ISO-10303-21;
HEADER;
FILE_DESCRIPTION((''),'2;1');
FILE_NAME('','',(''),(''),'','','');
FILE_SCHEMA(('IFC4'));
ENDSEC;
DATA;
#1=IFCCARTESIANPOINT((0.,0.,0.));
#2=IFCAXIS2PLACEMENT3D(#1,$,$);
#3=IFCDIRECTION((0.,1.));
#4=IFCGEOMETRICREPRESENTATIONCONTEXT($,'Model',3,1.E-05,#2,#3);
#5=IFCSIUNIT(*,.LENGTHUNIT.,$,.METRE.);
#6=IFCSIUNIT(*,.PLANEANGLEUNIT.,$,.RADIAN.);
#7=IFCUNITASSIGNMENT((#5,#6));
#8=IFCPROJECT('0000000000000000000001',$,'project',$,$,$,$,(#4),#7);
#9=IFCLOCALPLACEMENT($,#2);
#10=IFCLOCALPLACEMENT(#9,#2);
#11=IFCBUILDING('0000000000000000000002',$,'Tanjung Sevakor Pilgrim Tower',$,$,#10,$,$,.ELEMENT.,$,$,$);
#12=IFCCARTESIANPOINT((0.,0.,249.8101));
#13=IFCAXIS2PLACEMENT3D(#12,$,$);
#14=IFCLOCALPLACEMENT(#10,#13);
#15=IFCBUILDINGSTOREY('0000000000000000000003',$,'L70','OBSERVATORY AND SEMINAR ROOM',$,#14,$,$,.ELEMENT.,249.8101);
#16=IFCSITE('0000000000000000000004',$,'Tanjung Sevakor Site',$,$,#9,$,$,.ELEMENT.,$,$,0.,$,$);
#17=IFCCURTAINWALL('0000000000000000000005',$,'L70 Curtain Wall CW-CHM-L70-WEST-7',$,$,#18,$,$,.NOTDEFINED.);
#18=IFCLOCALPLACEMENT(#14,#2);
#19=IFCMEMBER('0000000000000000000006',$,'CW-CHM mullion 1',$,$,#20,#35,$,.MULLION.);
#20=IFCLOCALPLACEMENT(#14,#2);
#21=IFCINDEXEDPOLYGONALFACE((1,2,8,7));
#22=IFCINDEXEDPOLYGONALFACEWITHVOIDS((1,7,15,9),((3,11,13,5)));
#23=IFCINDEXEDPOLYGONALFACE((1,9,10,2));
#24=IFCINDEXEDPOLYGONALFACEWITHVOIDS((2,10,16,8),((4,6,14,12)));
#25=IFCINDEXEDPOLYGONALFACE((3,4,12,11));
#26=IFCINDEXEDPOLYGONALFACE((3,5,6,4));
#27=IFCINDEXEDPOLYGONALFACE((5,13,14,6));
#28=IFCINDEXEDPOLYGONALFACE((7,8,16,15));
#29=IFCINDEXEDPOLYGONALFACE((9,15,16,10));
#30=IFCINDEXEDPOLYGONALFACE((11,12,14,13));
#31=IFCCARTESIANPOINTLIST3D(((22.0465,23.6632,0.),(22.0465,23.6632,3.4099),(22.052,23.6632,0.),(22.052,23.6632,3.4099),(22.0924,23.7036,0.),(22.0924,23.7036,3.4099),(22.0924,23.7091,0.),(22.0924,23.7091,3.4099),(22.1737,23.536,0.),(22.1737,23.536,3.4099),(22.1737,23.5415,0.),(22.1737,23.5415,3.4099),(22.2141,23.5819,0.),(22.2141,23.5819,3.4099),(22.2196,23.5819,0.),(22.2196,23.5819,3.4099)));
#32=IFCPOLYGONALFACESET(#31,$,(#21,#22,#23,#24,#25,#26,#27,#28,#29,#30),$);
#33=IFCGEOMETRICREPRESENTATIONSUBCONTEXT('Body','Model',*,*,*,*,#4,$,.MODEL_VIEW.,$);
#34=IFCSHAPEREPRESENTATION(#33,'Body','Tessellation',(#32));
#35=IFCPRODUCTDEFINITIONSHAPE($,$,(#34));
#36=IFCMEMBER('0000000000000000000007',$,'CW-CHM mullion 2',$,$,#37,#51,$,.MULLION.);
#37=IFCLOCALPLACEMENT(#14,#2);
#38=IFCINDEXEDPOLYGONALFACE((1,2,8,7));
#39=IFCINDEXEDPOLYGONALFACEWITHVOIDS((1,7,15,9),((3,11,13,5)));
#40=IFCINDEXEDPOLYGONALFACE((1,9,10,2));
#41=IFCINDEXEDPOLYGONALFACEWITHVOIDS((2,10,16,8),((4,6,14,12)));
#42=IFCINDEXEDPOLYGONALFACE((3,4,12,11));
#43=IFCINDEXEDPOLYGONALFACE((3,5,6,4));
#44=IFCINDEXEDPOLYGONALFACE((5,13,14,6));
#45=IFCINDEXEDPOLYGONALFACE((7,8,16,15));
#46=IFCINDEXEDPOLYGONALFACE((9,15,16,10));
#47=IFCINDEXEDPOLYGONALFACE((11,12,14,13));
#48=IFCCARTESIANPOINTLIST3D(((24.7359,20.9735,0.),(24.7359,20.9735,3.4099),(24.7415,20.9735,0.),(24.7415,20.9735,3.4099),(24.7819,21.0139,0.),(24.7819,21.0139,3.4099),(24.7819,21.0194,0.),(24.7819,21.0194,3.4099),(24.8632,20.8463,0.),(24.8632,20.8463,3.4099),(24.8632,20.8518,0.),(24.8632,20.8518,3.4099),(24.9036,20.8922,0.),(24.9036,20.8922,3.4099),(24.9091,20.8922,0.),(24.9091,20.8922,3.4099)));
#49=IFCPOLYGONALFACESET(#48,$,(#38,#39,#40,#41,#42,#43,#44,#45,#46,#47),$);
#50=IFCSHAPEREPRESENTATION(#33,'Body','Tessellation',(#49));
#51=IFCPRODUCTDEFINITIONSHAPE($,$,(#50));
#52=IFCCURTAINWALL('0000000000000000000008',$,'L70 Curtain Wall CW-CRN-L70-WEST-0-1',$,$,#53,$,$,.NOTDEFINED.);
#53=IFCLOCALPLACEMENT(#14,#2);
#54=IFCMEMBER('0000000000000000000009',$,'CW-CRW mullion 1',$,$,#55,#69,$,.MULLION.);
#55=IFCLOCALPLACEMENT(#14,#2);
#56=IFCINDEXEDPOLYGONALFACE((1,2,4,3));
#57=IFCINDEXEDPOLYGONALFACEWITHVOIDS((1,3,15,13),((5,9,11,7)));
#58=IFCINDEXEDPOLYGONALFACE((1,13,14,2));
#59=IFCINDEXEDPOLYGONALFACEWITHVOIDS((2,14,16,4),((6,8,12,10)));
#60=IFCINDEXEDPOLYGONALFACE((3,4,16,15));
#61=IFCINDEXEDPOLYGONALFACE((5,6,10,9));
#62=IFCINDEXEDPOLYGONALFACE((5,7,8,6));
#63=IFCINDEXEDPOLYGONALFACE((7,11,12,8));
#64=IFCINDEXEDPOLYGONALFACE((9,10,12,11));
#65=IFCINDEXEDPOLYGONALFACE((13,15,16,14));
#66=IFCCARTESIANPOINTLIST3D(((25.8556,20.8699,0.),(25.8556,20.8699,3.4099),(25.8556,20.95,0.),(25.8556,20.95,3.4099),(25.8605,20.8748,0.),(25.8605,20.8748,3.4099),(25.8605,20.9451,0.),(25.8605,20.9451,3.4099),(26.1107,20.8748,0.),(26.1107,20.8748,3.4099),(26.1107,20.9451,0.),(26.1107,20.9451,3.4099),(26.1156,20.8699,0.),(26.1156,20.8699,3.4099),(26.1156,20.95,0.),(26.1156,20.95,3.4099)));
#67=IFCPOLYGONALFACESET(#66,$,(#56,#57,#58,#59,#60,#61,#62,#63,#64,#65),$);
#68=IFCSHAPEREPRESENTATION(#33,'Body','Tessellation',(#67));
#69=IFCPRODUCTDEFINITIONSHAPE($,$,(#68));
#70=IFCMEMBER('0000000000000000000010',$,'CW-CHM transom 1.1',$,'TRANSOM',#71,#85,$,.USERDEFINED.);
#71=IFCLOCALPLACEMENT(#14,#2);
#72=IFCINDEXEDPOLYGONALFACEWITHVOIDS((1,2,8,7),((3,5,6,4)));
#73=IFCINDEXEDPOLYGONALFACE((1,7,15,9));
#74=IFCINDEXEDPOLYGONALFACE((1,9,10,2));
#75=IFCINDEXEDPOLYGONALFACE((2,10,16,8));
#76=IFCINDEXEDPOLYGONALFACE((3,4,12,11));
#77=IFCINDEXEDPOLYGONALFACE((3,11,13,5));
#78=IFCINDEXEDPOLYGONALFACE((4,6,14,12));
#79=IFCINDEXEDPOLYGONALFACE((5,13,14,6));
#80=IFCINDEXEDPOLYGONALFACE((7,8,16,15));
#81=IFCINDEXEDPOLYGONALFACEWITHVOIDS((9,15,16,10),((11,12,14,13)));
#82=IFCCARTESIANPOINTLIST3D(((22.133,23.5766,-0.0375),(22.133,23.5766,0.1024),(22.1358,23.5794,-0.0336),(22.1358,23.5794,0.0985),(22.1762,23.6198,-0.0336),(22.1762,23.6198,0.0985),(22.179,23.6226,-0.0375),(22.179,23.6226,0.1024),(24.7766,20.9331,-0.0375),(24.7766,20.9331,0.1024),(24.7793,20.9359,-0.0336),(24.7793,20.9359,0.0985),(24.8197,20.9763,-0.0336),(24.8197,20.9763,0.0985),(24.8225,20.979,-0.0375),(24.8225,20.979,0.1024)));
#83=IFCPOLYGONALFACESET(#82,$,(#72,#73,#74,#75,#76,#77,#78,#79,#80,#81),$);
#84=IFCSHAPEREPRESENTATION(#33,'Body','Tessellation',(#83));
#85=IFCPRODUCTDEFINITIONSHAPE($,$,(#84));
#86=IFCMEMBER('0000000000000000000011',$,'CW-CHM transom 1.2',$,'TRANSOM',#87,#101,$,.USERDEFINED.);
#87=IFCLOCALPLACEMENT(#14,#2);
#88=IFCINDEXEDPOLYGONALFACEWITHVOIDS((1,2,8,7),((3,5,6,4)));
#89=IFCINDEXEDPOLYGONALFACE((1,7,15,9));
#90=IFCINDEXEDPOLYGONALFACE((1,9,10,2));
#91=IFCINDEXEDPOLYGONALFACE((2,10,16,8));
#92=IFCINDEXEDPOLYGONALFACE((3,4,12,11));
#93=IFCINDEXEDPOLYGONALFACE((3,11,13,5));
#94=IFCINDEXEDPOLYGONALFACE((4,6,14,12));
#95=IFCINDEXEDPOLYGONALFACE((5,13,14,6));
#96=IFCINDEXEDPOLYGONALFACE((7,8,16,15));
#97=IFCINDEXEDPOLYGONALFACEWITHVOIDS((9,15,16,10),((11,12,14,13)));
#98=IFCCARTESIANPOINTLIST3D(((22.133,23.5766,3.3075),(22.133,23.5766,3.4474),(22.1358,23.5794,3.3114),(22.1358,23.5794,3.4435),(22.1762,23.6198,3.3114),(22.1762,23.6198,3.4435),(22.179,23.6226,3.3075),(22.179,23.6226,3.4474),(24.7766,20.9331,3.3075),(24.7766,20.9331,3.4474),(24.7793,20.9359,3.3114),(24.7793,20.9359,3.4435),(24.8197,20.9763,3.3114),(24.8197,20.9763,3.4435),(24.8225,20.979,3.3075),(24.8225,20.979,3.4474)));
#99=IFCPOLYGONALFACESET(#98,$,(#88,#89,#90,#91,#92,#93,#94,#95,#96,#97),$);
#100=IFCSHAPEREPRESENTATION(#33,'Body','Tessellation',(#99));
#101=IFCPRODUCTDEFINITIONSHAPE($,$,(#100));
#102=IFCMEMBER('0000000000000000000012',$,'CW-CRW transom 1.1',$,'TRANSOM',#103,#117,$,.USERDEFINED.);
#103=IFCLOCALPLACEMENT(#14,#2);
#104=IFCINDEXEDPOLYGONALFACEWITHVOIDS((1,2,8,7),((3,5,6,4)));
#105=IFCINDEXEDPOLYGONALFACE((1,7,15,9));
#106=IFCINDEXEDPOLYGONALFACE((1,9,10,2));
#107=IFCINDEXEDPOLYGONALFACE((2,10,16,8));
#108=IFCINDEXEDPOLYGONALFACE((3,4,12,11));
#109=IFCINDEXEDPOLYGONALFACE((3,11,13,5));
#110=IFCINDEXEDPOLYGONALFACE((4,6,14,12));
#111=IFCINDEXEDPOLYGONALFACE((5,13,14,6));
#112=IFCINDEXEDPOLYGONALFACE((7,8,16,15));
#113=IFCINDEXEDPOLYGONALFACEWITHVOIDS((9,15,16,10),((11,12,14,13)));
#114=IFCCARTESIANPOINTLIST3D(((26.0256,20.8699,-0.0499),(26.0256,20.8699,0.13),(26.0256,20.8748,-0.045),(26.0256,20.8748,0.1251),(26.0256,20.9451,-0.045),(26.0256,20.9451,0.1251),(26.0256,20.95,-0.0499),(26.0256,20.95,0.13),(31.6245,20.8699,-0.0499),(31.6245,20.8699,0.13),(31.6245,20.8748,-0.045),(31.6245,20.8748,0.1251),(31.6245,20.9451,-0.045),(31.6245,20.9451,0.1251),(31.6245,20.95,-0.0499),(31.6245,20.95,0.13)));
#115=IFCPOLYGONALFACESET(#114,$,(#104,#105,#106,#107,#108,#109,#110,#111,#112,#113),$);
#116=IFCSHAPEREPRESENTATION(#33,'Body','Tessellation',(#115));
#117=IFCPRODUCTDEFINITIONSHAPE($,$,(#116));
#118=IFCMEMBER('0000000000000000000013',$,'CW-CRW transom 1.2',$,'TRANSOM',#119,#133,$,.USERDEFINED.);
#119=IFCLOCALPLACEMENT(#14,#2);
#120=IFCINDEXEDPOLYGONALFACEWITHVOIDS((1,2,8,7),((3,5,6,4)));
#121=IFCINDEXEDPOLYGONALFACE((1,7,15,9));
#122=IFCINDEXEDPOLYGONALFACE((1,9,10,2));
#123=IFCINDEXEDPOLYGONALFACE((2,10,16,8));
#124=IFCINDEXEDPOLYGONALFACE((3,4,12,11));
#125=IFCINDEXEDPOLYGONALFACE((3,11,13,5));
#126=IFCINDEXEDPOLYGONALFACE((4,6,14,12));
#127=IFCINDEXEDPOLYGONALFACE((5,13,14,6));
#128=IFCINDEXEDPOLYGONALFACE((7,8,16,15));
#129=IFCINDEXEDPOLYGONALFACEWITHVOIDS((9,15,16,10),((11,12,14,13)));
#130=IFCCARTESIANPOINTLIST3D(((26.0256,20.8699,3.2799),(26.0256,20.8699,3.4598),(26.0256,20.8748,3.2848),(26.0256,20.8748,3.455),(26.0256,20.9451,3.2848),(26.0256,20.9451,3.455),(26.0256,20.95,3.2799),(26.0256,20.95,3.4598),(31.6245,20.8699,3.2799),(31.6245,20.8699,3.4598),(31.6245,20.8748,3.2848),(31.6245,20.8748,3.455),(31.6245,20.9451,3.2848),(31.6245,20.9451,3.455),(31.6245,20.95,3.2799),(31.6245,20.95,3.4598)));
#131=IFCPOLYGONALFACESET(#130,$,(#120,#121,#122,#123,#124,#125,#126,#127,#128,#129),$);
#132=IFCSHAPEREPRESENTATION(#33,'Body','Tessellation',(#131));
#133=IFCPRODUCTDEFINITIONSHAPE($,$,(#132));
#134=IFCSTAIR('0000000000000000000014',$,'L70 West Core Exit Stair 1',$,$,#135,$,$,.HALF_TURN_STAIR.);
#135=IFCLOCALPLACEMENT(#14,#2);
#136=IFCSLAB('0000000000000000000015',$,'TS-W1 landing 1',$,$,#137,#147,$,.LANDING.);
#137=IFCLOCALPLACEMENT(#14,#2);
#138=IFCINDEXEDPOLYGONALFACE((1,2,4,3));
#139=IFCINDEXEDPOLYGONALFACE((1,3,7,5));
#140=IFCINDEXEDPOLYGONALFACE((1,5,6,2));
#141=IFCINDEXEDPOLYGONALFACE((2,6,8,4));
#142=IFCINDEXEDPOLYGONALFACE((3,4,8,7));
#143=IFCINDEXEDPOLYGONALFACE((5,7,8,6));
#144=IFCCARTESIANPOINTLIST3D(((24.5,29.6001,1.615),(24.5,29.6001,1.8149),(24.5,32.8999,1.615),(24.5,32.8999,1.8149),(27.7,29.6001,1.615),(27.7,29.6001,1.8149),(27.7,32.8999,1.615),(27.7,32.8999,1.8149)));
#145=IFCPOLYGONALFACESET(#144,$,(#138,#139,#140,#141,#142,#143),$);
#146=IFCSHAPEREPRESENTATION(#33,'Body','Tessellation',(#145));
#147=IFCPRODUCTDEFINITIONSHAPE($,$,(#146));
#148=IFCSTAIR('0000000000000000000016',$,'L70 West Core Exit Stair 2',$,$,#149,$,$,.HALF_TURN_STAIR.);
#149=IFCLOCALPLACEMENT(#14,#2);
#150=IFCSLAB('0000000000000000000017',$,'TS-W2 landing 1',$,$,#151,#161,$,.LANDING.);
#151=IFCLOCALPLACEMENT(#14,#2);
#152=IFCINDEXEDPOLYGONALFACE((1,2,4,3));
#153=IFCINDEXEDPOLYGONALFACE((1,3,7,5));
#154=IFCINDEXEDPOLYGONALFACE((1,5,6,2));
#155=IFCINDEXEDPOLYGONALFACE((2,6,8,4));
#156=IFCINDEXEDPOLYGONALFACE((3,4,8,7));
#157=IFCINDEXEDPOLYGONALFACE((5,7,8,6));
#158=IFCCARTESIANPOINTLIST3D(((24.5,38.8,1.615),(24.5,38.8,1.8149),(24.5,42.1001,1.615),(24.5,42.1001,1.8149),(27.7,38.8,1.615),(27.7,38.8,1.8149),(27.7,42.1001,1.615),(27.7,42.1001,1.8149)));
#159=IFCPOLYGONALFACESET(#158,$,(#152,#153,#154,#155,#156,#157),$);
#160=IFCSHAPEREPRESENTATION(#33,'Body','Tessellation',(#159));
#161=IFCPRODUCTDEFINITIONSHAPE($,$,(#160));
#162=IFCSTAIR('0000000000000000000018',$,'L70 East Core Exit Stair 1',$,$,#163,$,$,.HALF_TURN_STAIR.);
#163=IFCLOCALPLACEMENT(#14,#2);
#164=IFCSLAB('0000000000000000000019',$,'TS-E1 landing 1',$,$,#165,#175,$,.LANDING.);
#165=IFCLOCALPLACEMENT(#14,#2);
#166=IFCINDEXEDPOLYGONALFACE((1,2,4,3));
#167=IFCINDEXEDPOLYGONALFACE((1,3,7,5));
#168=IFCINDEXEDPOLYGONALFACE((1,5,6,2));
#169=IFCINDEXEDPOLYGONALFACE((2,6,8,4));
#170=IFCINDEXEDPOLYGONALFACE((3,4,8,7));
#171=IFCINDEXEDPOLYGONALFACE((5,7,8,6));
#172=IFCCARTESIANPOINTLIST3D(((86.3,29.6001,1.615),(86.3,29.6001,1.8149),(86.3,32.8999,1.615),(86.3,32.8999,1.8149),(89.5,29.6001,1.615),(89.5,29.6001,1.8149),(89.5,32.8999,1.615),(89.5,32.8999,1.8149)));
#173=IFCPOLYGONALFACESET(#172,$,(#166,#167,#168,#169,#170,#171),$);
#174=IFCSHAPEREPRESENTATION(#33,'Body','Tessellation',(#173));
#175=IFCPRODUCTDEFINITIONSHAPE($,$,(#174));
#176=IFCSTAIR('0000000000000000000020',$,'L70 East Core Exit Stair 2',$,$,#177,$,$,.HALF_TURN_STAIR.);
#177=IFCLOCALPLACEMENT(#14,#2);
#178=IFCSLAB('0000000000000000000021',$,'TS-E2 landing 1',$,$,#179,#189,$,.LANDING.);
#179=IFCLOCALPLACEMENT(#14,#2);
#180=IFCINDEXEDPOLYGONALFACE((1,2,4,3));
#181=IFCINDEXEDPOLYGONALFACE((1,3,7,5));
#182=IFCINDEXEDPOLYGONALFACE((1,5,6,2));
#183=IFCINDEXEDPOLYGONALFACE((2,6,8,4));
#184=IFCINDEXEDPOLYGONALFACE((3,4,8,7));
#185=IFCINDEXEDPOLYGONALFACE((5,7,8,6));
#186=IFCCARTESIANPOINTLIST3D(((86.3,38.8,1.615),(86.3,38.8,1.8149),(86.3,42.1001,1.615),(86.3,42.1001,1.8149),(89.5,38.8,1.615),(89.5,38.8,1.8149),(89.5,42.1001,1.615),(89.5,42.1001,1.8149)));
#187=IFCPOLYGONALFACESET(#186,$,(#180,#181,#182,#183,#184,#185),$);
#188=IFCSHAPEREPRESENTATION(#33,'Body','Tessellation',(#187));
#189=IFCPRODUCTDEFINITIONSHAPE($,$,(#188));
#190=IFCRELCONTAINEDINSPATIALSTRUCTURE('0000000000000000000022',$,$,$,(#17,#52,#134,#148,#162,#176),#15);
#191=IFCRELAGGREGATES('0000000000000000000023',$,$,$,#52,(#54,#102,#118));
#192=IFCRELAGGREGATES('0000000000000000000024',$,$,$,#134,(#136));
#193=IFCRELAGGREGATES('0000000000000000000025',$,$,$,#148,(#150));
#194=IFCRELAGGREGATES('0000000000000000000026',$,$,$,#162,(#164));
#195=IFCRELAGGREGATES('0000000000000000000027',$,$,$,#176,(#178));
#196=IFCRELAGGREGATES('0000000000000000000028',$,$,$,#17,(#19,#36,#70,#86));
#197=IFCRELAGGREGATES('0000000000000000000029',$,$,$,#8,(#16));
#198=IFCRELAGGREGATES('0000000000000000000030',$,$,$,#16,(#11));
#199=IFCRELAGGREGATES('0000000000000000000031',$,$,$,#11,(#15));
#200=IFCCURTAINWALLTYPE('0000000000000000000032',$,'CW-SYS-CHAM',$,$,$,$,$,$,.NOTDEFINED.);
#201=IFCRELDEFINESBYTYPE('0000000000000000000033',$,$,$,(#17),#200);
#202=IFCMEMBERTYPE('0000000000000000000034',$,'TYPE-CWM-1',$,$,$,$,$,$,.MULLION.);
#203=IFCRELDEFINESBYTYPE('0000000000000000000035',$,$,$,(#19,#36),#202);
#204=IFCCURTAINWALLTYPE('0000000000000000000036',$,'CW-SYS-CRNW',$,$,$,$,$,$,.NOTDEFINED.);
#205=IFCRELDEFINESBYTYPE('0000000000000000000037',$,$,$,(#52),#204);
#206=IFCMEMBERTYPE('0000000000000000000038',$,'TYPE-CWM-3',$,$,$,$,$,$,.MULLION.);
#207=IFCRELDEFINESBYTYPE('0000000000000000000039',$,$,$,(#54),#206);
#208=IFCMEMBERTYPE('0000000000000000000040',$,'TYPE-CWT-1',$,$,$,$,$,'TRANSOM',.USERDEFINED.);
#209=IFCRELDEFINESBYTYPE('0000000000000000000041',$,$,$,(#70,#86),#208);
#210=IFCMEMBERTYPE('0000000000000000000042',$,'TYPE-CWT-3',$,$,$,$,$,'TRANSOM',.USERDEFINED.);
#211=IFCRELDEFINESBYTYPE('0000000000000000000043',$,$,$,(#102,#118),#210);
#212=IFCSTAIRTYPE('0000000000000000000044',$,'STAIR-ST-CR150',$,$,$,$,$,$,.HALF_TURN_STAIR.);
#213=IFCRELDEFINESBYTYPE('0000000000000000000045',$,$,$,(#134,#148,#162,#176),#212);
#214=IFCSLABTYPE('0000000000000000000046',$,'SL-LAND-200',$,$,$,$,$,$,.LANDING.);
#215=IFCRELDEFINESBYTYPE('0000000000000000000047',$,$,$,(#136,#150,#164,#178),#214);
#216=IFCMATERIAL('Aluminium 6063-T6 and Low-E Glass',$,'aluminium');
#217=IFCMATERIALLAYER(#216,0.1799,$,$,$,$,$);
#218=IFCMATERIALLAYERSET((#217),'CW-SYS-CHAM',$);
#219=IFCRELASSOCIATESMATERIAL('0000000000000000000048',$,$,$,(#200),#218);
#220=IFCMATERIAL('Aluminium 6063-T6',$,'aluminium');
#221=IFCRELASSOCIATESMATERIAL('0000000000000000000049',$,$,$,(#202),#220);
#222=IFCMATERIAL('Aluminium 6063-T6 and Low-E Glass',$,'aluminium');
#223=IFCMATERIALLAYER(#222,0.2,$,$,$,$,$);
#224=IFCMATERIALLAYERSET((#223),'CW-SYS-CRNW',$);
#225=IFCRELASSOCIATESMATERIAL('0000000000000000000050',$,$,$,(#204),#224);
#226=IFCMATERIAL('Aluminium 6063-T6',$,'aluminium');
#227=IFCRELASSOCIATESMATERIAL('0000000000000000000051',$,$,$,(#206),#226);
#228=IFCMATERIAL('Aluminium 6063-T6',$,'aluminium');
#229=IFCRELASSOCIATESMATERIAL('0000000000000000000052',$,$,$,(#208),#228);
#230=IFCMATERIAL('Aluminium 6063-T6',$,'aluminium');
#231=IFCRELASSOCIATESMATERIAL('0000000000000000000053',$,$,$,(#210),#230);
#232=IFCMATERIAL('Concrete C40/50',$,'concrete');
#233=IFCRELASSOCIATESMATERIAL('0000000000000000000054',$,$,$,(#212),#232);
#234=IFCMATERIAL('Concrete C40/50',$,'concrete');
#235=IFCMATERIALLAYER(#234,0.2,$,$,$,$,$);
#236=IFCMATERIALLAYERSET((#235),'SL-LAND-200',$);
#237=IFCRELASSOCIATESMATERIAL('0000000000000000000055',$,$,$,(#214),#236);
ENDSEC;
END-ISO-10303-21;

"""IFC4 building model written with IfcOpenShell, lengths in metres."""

from ifc_helpers import new_model, si_unit, direction, frame, origin, origin_2d, place, context, subcontext, project, spatial, polyline, hollow_rectangle, outline, extrude, material, layer, layer_set, material_profile, profile_set, type_object, element, aggregate, save


model = new_model("IFC4")

# Units and contexts
model_context = context("Model", 3, precision=1e-05, world=origin(), true_north=direction((0.0, 1.0)))
body_context = subcontext(model_context, "Body", "Model", "MODEL_VIEW")
ifc_project = project(units=[si_unit("LENGTHUNIT", "METRE"), si_unit("PLANEANGLEUNIT", "RADIAN")], contexts=[model_context])

# Site, building, storey
site_placement = place(None, origin())
site = spatial("IfcSite", under=ifc_project, at=site_placement, Name="Tanjung Sevakor Site", CompositionType="ELEMENT", RefElevation=0.0)
building_placement = place(site_placement, origin())
building = spatial("IfcBuilding", under=site, at=building_placement, Name="Tanjung Sevakor Pilgrim Tower", CompositionType="ELEMENT")
storey_placement = place(building_placement, frame((0.0, 0.0, 249.8101)))
storey = spatial("IfcBuildingStorey", under=building, at=storey_placement, Name="L70", Description="OBSERVATORY AND SEMINAR ROOM", CompositionType="ELEMENT", Elevation=249.8101)

# Curtain wall, members
ifc_material_1 = material(Name="Aluminium 6063-T6 and Low-E Glass", Category="aluminium")
ifc_layer_1 = layer(ifc_material_1, 0.1799)
ifc_layer_set_1 = layer_set([ifc_layer_1], Name="CW-SYS-CHAM")
curtain_wall_type_1 = type_object("IfcCurtainWallType", Name="CW-SYS-CHAM", PredefinedType="NOTDEFINED", material=ifc_layer_set_1)
curtain_wall_1_placement = place(storey_placement, origin())
curtain_wall_1 = element("IfcCurtainWall", 1, at=curtain_wall_1_placement, inside=storey, type_object=curtain_wall_type_1, Name="L70 Curtain Wall CW-CHM-L70-WEST-7", PredefinedType="NOTDEFINED")
ifc_material_2 = material(Name="Aluminium 6063-T6", Category="aluminium")
ifc_material_profile_1 = material_profile(ifc_material_2, hollow_rectangle(XDim=0.0649, YDim=0.1799, WallThickness=0.0039, at=origin_2d()))
ifc_profile_set_1 = profile_set([ifc_material_profile_1], Name="Aluminium 6063-T6")
member_type_1 = type_object("IfcMemberType", Name="TYPE-CWM-1", PredefinedType="MULLION", material=ifc_profile_set_1)
member_1_placement = place(storey_placement, frame((22.1331, 23.6226, 0.0), z_axis=(0.0, 0.0, 1.0), x_axis=(0.707107, 0.707107, 0.0)))
member_1 = element("IfcMember", 2, at=member_1_placement, type_object=member_type_1, Name="CW-CHM mullion 1", PredefinedType="MULLION", context=body_context, shape_type="SweptSolid", body=[
    extrude(hollow_rectangle(XDim=0.0649, YDim=0.1799, WallThickness=0.0039, at=origin_2d()), origin(), (0.0, 0.0, 1.0), 3.4099),
])
member_2_placement = place(storey_placement, frame((24.8225, 20.9329, 0.0), z_axis=(0.0, 0.0, 1.0), x_axis=(0.707107, 0.707107, 0.0)))
member_2 = element("IfcMember", 3, at=member_2_placement, type_object=member_type_1, Name="CW-CHM mullion 2", PredefinedType="MULLION", context=body_context, shape_type="SweptSolid", body=[
    extrude(hollow_rectangle(XDim=0.0649, YDim=0.1799, WallThickness=0.0039, at=origin_2d()), origin(), (0.0, 0.0, 1.0), 3.4099),
])

# Curtain wall, member
ifc_material_3 = material(Name="Aluminium 6063-T6 and Low-E Glass", Category="aluminium")
ifc_layer_2 = layer(ifc_material_3, 0.2)
ifc_layer_set_2 = layer_set([ifc_layer_2], Name="CW-SYS-CRNW")
curtain_wall_type_2 = type_object("IfcCurtainWallType", Name="CW-SYS-CRNW", PredefinedType="NOTDEFINED", material=ifc_layer_set_2)
curtain_wall_2_placement = place(storey_placement, origin())
curtain_wall_2 = element("IfcCurtainWall", 4, at=curtain_wall_2_placement, inside=storey, type_object=curtain_wall_type_2, Name="L70 Curtain Wall CW-CRN-L70-WEST-0-1", PredefinedType="NOTDEFINED")
ifc_material_4 = material(Name="Aluminium 6063-T6", Category="aluminium")
ifc_material_profile_2 = material_profile(ifc_material_4, hollow_rectangle(XDim=0.0801, YDim=0.26, WallThickness=0.0049, at=origin_2d()))
ifc_profile_set_2 = profile_set([ifc_material_profile_2], Name="Aluminium 6063-T6")
member_type_2 = type_object("IfcMemberType", Name="TYPE-CWM-3", PredefinedType="MULLION", material=ifc_profile_set_2)
member_3_placement = place(storey_placement, frame((25.9856, 20.9099, 0.0), z_axis=(0.0, 0.0, 1.0), x_axis=(0.0, 1.0, 0.0)))
member_3 = element("IfcMember", 5, at=member_3_placement, type_object=member_type_2, Name="CW-CRW mullion 1", PredefinedType="MULLION", context=body_context, shape_type="SweptSolid", body=[
    extrude(hollow_rectangle(XDim=0.0801, YDim=0.26, WallThickness=0.0049, at=origin_2d()), origin(), (0.0, 0.0, 1.0), 3.4099),
])

# Members
ifc_material_5 = material(Name="Aluminium 6063-T6", Category="aluminium")
ifc_material_profile_3 = material_profile(ifc_material_5, hollow_rectangle(XDim=0.0649, YDim=0.1399, WallThickness=0.0039, at=origin_2d()))
ifc_profile_set_3 = profile_set([ifc_material_profile_3], Name="Aluminium 6063-T6")
member_type_3 = type_object("IfcMemberType", Name="TYPE-CWT-1", ElementType="TRANSOM", PredefinedType="USERDEFINED", material=ifc_profile_set_3)
member_4_placement = place(storey_placement, frame((22.156, 23.5996, 0.0325), z_axis=(0.707107, -0.707107, 0.0), x_axis=(0.707107, 0.707107, 0.0)))
member_4 = element("IfcMember", 6, at=member_4_placement, type_object=member_type_3, Name="CW-CHM transom 1.1", ObjectType="TRANSOM", PredefinedType="USERDEFINED", context=body_context, shape_type="SweptSolid", body=[
    extrude(hollow_rectangle(XDim=0.0649, YDim=0.1399, WallThickness=0.0039, at=origin_2d()), origin(), (0.0, 0.0, 1.0), 3.7385),
])
member_5_placement = place(storey_placement, frame((22.156, 23.5996, 3.3774), z_axis=(0.707107, -0.707107, 0.0), x_axis=(0.707107, 0.707107, 0.0)))
member_5 = element("IfcMember", 7, at=member_5_placement, type_object=member_type_3, Name="CW-CHM transom 1.2", ObjectType="TRANSOM", PredefinedType="USERDEFINED", context=body_context, shape_type="SweptSolid", body=[
    extrude(hollow_rectangle(XDim=0.0649, YDim=0.1399, WallThickness=0.0039, at=origin_2d()), origin(), (0.0, 0.0, 1.0), 3.7385),
])
ifc_material_6 = material(Name="Aluminium 6063-T6", Category="aluminium")
ifc_material_profile_4 = material_profile(ifc_material_6, hollow_rectangle(XDim=0.0801, YDim=0.1799, WallThickness=0.0049, at=origin_2d()))
ifc_profile_set_4 = profile_set([ifc_material_profile_4], Name="Aluminium 6063-T6")
member_type_4 = type_object("IfcMemberType", Name="TYPE-CWT-3", ElementType="TRANSOM", PredefinedType="USERDEFINED", material=ifc_profile_set_4)
member_6_placement = place(storey_placement, frame((26.0256, 20.9099, 0.04), z_axis=(1.0, 0.0, 0.0), x_axis=(0.0, 1.0, 0.0)))
member_6 = element("IfcMember", 8, at=member_6_placement, type_object=member_type_4, Name="CW-CRW transom 1.1", ObjectType="TRANSOM", PredefinedType="USERDEFINED", context=body_context, shape_type="SweptSolid", body=[
    extrude(hollow_rectangle(XDim=0.0801, YDim=0.1799, WallThickness=0.0049, at=origin_2d()), origin(), (0.0, 0.0, 1.0), 5.5989),
])
member_7_placement = place(storey_placement, frame((26.0256, 20.9099, 3.3699), z_axis=(1.0, 0.0, 0.0), x_axis=(0.0, 1.0, 0.0)))
member_7 = element("IfcMember", 9, at=member_7_placement, type_object=member_type_4, Name="CW-CRW transom 1.2", ObjectType="TRANSOM", PredefinedType="USERDEFINED", context=body_context, shape_type="SweptSolid", body=[
    extrude(hollow_rectangle(XDim=0.0801, YDim=0.1799, WallThickness=0.0049, at=origin_2d()), origin(), (0.0, 0.0, 1.0), 5.5989),
])
aggregate(curtain_wall_2, [member_3, member_6, member_7])

# Stairs, slabs
ifc_material_7 = material(Name="Concrete C40/50", Category="concrete")
stair_type = type_object("IfcStairType", Name="STAIR-ST-CR150", PredefinedType="HALF_TURN_STAIR", material=ifc_material_7)
stair_1_placement = place(storey_placement, origin())
stair_1 = element("IfcStair", 10, at=stair_1_placement, inside=storey, type_object=stair_type, Name="L70 West Core Exit Stair 1", PredefinedType="HALF_TURN_STAIR")
ifc_material_8 = material(Name="Concrete C40/50", Category="concrete")
ifc_layer_3 = layer(ifc_material_8, 0.2)
ifc_layer_set_3 = layer_set([ifc_layer_3], Name="SL-LAND-200")
slab_type_1 = type_object("IfcSlabType", Name="SL-LAND-200", PredefinedType="LANDING", material=ifc_layer_set_3)
slab_1_placement = place(storey_placement, frame((0.0, 0.0, 1.615)))
slab_1 = element("IfcSlab", 11, at=slab_1_placement, type_object=slab_type_1, Name="TS-W1 landing 1", PredefinedType="LANDING", context=body_context, shape_type="SweptSolid", body=[
    extrude(outline(polyline([(27.7, 29.6001), (27.7, 32.8999), (24.5, 32.8999), (24.5, 29.6001), (27.7, 29.6001)])), origin(), (0.0, 0.0, 1.0), 0.2),
])
aggregate(stair_1, [slab_1])
stair_2_placement = place(storey_placement, origin())
stair_2 = element("IfcStair", 12, at=stair_2_placement, inside=storey, type_object=stair_type, Name="L70 West Core Exit Stair 2", PredefinedType="HALF_TURN_STAIR")
slab_2_placement = place(storey_placement, frame((0.0, 0.0, 1.615)))
slab_2 = element("IfcSlab", 13, at=slab_2_placement, type_object=slab_type_1, Name="TS-W2 landing 1", PredefinedType="LANDING", context=body_context, shape_type="SweptSolid", body=[
    extrude(outline(polyline([(27.7, 38.8), (27.7, 42.1001), (24.5, 42.1001), (24.5, 38.8), (27.7, 38.8)])), origin(), (0.0, 0.0, 1.0), 0.2),
])
aggregate(stair_2, [slab_2])
stair_3_placement = place(storey_placement, origin())
stair_3 = element("IfcStair", 14, at=stair_3_placement, inside=storey, type_object=stair_type, Name="L70 East Core Exit Stair 1", PredefinedType="HALF_TURN_STAIR")
slab_3_placement = place(storey_placement, frame((0.0, 0.0, 1.615)))
slab_3 = element("IfcSlab", 15, at=slab_3_placement, type_object=slab_type_1, Name="TS-E1 landing 1", PredefinedType="LANDING", context=body_context, shape_type="SweptSolid", body=[
    extrude(outline(polyline([(89.5, 29.6001), (89.5, 32.8999), (86.3, 32.8999), (86.3, 29.6001), (89.5, 29.6001)])), origin(), (0.0, 0.0, 1.0), 0.2),
])
aggregate(stair_3, [slab_3])
stair_4_placement = place(storey_placement, origin())
stair_4 = element("IfcStair", 16, at=stair_4_placement, inside=storey, type_object=stair_type, Name="L70 East Core Exit Stair 2", PredefinedType="HALF_TURN_STAIR")
slab_4_placement = place(storey_placement, frame((0.0, 0.0, 1.615)))
slab_4 = element("IfcSlab", 17, at=slab_4_placement, type_object=slab_type_1, Name="TS-E2 landing 1", PredefinedType="LANDING", context=body_context, shape_type="SweptSolid", body=[
    extrude(outline(polyline([(89.5, 38.8), (89.5, 42.1001), (86.3, 42.1001), (86.3, 38.8), (89.5, 38.8)])), origin(), (0.0, 0.0, 1.0), 0.2),
])
aggregate(stair_4, [slab_4])

aggregate(curtain_wall_1, [member_1, member_2, member_4, member_5])

save(model, "model.ifc")
